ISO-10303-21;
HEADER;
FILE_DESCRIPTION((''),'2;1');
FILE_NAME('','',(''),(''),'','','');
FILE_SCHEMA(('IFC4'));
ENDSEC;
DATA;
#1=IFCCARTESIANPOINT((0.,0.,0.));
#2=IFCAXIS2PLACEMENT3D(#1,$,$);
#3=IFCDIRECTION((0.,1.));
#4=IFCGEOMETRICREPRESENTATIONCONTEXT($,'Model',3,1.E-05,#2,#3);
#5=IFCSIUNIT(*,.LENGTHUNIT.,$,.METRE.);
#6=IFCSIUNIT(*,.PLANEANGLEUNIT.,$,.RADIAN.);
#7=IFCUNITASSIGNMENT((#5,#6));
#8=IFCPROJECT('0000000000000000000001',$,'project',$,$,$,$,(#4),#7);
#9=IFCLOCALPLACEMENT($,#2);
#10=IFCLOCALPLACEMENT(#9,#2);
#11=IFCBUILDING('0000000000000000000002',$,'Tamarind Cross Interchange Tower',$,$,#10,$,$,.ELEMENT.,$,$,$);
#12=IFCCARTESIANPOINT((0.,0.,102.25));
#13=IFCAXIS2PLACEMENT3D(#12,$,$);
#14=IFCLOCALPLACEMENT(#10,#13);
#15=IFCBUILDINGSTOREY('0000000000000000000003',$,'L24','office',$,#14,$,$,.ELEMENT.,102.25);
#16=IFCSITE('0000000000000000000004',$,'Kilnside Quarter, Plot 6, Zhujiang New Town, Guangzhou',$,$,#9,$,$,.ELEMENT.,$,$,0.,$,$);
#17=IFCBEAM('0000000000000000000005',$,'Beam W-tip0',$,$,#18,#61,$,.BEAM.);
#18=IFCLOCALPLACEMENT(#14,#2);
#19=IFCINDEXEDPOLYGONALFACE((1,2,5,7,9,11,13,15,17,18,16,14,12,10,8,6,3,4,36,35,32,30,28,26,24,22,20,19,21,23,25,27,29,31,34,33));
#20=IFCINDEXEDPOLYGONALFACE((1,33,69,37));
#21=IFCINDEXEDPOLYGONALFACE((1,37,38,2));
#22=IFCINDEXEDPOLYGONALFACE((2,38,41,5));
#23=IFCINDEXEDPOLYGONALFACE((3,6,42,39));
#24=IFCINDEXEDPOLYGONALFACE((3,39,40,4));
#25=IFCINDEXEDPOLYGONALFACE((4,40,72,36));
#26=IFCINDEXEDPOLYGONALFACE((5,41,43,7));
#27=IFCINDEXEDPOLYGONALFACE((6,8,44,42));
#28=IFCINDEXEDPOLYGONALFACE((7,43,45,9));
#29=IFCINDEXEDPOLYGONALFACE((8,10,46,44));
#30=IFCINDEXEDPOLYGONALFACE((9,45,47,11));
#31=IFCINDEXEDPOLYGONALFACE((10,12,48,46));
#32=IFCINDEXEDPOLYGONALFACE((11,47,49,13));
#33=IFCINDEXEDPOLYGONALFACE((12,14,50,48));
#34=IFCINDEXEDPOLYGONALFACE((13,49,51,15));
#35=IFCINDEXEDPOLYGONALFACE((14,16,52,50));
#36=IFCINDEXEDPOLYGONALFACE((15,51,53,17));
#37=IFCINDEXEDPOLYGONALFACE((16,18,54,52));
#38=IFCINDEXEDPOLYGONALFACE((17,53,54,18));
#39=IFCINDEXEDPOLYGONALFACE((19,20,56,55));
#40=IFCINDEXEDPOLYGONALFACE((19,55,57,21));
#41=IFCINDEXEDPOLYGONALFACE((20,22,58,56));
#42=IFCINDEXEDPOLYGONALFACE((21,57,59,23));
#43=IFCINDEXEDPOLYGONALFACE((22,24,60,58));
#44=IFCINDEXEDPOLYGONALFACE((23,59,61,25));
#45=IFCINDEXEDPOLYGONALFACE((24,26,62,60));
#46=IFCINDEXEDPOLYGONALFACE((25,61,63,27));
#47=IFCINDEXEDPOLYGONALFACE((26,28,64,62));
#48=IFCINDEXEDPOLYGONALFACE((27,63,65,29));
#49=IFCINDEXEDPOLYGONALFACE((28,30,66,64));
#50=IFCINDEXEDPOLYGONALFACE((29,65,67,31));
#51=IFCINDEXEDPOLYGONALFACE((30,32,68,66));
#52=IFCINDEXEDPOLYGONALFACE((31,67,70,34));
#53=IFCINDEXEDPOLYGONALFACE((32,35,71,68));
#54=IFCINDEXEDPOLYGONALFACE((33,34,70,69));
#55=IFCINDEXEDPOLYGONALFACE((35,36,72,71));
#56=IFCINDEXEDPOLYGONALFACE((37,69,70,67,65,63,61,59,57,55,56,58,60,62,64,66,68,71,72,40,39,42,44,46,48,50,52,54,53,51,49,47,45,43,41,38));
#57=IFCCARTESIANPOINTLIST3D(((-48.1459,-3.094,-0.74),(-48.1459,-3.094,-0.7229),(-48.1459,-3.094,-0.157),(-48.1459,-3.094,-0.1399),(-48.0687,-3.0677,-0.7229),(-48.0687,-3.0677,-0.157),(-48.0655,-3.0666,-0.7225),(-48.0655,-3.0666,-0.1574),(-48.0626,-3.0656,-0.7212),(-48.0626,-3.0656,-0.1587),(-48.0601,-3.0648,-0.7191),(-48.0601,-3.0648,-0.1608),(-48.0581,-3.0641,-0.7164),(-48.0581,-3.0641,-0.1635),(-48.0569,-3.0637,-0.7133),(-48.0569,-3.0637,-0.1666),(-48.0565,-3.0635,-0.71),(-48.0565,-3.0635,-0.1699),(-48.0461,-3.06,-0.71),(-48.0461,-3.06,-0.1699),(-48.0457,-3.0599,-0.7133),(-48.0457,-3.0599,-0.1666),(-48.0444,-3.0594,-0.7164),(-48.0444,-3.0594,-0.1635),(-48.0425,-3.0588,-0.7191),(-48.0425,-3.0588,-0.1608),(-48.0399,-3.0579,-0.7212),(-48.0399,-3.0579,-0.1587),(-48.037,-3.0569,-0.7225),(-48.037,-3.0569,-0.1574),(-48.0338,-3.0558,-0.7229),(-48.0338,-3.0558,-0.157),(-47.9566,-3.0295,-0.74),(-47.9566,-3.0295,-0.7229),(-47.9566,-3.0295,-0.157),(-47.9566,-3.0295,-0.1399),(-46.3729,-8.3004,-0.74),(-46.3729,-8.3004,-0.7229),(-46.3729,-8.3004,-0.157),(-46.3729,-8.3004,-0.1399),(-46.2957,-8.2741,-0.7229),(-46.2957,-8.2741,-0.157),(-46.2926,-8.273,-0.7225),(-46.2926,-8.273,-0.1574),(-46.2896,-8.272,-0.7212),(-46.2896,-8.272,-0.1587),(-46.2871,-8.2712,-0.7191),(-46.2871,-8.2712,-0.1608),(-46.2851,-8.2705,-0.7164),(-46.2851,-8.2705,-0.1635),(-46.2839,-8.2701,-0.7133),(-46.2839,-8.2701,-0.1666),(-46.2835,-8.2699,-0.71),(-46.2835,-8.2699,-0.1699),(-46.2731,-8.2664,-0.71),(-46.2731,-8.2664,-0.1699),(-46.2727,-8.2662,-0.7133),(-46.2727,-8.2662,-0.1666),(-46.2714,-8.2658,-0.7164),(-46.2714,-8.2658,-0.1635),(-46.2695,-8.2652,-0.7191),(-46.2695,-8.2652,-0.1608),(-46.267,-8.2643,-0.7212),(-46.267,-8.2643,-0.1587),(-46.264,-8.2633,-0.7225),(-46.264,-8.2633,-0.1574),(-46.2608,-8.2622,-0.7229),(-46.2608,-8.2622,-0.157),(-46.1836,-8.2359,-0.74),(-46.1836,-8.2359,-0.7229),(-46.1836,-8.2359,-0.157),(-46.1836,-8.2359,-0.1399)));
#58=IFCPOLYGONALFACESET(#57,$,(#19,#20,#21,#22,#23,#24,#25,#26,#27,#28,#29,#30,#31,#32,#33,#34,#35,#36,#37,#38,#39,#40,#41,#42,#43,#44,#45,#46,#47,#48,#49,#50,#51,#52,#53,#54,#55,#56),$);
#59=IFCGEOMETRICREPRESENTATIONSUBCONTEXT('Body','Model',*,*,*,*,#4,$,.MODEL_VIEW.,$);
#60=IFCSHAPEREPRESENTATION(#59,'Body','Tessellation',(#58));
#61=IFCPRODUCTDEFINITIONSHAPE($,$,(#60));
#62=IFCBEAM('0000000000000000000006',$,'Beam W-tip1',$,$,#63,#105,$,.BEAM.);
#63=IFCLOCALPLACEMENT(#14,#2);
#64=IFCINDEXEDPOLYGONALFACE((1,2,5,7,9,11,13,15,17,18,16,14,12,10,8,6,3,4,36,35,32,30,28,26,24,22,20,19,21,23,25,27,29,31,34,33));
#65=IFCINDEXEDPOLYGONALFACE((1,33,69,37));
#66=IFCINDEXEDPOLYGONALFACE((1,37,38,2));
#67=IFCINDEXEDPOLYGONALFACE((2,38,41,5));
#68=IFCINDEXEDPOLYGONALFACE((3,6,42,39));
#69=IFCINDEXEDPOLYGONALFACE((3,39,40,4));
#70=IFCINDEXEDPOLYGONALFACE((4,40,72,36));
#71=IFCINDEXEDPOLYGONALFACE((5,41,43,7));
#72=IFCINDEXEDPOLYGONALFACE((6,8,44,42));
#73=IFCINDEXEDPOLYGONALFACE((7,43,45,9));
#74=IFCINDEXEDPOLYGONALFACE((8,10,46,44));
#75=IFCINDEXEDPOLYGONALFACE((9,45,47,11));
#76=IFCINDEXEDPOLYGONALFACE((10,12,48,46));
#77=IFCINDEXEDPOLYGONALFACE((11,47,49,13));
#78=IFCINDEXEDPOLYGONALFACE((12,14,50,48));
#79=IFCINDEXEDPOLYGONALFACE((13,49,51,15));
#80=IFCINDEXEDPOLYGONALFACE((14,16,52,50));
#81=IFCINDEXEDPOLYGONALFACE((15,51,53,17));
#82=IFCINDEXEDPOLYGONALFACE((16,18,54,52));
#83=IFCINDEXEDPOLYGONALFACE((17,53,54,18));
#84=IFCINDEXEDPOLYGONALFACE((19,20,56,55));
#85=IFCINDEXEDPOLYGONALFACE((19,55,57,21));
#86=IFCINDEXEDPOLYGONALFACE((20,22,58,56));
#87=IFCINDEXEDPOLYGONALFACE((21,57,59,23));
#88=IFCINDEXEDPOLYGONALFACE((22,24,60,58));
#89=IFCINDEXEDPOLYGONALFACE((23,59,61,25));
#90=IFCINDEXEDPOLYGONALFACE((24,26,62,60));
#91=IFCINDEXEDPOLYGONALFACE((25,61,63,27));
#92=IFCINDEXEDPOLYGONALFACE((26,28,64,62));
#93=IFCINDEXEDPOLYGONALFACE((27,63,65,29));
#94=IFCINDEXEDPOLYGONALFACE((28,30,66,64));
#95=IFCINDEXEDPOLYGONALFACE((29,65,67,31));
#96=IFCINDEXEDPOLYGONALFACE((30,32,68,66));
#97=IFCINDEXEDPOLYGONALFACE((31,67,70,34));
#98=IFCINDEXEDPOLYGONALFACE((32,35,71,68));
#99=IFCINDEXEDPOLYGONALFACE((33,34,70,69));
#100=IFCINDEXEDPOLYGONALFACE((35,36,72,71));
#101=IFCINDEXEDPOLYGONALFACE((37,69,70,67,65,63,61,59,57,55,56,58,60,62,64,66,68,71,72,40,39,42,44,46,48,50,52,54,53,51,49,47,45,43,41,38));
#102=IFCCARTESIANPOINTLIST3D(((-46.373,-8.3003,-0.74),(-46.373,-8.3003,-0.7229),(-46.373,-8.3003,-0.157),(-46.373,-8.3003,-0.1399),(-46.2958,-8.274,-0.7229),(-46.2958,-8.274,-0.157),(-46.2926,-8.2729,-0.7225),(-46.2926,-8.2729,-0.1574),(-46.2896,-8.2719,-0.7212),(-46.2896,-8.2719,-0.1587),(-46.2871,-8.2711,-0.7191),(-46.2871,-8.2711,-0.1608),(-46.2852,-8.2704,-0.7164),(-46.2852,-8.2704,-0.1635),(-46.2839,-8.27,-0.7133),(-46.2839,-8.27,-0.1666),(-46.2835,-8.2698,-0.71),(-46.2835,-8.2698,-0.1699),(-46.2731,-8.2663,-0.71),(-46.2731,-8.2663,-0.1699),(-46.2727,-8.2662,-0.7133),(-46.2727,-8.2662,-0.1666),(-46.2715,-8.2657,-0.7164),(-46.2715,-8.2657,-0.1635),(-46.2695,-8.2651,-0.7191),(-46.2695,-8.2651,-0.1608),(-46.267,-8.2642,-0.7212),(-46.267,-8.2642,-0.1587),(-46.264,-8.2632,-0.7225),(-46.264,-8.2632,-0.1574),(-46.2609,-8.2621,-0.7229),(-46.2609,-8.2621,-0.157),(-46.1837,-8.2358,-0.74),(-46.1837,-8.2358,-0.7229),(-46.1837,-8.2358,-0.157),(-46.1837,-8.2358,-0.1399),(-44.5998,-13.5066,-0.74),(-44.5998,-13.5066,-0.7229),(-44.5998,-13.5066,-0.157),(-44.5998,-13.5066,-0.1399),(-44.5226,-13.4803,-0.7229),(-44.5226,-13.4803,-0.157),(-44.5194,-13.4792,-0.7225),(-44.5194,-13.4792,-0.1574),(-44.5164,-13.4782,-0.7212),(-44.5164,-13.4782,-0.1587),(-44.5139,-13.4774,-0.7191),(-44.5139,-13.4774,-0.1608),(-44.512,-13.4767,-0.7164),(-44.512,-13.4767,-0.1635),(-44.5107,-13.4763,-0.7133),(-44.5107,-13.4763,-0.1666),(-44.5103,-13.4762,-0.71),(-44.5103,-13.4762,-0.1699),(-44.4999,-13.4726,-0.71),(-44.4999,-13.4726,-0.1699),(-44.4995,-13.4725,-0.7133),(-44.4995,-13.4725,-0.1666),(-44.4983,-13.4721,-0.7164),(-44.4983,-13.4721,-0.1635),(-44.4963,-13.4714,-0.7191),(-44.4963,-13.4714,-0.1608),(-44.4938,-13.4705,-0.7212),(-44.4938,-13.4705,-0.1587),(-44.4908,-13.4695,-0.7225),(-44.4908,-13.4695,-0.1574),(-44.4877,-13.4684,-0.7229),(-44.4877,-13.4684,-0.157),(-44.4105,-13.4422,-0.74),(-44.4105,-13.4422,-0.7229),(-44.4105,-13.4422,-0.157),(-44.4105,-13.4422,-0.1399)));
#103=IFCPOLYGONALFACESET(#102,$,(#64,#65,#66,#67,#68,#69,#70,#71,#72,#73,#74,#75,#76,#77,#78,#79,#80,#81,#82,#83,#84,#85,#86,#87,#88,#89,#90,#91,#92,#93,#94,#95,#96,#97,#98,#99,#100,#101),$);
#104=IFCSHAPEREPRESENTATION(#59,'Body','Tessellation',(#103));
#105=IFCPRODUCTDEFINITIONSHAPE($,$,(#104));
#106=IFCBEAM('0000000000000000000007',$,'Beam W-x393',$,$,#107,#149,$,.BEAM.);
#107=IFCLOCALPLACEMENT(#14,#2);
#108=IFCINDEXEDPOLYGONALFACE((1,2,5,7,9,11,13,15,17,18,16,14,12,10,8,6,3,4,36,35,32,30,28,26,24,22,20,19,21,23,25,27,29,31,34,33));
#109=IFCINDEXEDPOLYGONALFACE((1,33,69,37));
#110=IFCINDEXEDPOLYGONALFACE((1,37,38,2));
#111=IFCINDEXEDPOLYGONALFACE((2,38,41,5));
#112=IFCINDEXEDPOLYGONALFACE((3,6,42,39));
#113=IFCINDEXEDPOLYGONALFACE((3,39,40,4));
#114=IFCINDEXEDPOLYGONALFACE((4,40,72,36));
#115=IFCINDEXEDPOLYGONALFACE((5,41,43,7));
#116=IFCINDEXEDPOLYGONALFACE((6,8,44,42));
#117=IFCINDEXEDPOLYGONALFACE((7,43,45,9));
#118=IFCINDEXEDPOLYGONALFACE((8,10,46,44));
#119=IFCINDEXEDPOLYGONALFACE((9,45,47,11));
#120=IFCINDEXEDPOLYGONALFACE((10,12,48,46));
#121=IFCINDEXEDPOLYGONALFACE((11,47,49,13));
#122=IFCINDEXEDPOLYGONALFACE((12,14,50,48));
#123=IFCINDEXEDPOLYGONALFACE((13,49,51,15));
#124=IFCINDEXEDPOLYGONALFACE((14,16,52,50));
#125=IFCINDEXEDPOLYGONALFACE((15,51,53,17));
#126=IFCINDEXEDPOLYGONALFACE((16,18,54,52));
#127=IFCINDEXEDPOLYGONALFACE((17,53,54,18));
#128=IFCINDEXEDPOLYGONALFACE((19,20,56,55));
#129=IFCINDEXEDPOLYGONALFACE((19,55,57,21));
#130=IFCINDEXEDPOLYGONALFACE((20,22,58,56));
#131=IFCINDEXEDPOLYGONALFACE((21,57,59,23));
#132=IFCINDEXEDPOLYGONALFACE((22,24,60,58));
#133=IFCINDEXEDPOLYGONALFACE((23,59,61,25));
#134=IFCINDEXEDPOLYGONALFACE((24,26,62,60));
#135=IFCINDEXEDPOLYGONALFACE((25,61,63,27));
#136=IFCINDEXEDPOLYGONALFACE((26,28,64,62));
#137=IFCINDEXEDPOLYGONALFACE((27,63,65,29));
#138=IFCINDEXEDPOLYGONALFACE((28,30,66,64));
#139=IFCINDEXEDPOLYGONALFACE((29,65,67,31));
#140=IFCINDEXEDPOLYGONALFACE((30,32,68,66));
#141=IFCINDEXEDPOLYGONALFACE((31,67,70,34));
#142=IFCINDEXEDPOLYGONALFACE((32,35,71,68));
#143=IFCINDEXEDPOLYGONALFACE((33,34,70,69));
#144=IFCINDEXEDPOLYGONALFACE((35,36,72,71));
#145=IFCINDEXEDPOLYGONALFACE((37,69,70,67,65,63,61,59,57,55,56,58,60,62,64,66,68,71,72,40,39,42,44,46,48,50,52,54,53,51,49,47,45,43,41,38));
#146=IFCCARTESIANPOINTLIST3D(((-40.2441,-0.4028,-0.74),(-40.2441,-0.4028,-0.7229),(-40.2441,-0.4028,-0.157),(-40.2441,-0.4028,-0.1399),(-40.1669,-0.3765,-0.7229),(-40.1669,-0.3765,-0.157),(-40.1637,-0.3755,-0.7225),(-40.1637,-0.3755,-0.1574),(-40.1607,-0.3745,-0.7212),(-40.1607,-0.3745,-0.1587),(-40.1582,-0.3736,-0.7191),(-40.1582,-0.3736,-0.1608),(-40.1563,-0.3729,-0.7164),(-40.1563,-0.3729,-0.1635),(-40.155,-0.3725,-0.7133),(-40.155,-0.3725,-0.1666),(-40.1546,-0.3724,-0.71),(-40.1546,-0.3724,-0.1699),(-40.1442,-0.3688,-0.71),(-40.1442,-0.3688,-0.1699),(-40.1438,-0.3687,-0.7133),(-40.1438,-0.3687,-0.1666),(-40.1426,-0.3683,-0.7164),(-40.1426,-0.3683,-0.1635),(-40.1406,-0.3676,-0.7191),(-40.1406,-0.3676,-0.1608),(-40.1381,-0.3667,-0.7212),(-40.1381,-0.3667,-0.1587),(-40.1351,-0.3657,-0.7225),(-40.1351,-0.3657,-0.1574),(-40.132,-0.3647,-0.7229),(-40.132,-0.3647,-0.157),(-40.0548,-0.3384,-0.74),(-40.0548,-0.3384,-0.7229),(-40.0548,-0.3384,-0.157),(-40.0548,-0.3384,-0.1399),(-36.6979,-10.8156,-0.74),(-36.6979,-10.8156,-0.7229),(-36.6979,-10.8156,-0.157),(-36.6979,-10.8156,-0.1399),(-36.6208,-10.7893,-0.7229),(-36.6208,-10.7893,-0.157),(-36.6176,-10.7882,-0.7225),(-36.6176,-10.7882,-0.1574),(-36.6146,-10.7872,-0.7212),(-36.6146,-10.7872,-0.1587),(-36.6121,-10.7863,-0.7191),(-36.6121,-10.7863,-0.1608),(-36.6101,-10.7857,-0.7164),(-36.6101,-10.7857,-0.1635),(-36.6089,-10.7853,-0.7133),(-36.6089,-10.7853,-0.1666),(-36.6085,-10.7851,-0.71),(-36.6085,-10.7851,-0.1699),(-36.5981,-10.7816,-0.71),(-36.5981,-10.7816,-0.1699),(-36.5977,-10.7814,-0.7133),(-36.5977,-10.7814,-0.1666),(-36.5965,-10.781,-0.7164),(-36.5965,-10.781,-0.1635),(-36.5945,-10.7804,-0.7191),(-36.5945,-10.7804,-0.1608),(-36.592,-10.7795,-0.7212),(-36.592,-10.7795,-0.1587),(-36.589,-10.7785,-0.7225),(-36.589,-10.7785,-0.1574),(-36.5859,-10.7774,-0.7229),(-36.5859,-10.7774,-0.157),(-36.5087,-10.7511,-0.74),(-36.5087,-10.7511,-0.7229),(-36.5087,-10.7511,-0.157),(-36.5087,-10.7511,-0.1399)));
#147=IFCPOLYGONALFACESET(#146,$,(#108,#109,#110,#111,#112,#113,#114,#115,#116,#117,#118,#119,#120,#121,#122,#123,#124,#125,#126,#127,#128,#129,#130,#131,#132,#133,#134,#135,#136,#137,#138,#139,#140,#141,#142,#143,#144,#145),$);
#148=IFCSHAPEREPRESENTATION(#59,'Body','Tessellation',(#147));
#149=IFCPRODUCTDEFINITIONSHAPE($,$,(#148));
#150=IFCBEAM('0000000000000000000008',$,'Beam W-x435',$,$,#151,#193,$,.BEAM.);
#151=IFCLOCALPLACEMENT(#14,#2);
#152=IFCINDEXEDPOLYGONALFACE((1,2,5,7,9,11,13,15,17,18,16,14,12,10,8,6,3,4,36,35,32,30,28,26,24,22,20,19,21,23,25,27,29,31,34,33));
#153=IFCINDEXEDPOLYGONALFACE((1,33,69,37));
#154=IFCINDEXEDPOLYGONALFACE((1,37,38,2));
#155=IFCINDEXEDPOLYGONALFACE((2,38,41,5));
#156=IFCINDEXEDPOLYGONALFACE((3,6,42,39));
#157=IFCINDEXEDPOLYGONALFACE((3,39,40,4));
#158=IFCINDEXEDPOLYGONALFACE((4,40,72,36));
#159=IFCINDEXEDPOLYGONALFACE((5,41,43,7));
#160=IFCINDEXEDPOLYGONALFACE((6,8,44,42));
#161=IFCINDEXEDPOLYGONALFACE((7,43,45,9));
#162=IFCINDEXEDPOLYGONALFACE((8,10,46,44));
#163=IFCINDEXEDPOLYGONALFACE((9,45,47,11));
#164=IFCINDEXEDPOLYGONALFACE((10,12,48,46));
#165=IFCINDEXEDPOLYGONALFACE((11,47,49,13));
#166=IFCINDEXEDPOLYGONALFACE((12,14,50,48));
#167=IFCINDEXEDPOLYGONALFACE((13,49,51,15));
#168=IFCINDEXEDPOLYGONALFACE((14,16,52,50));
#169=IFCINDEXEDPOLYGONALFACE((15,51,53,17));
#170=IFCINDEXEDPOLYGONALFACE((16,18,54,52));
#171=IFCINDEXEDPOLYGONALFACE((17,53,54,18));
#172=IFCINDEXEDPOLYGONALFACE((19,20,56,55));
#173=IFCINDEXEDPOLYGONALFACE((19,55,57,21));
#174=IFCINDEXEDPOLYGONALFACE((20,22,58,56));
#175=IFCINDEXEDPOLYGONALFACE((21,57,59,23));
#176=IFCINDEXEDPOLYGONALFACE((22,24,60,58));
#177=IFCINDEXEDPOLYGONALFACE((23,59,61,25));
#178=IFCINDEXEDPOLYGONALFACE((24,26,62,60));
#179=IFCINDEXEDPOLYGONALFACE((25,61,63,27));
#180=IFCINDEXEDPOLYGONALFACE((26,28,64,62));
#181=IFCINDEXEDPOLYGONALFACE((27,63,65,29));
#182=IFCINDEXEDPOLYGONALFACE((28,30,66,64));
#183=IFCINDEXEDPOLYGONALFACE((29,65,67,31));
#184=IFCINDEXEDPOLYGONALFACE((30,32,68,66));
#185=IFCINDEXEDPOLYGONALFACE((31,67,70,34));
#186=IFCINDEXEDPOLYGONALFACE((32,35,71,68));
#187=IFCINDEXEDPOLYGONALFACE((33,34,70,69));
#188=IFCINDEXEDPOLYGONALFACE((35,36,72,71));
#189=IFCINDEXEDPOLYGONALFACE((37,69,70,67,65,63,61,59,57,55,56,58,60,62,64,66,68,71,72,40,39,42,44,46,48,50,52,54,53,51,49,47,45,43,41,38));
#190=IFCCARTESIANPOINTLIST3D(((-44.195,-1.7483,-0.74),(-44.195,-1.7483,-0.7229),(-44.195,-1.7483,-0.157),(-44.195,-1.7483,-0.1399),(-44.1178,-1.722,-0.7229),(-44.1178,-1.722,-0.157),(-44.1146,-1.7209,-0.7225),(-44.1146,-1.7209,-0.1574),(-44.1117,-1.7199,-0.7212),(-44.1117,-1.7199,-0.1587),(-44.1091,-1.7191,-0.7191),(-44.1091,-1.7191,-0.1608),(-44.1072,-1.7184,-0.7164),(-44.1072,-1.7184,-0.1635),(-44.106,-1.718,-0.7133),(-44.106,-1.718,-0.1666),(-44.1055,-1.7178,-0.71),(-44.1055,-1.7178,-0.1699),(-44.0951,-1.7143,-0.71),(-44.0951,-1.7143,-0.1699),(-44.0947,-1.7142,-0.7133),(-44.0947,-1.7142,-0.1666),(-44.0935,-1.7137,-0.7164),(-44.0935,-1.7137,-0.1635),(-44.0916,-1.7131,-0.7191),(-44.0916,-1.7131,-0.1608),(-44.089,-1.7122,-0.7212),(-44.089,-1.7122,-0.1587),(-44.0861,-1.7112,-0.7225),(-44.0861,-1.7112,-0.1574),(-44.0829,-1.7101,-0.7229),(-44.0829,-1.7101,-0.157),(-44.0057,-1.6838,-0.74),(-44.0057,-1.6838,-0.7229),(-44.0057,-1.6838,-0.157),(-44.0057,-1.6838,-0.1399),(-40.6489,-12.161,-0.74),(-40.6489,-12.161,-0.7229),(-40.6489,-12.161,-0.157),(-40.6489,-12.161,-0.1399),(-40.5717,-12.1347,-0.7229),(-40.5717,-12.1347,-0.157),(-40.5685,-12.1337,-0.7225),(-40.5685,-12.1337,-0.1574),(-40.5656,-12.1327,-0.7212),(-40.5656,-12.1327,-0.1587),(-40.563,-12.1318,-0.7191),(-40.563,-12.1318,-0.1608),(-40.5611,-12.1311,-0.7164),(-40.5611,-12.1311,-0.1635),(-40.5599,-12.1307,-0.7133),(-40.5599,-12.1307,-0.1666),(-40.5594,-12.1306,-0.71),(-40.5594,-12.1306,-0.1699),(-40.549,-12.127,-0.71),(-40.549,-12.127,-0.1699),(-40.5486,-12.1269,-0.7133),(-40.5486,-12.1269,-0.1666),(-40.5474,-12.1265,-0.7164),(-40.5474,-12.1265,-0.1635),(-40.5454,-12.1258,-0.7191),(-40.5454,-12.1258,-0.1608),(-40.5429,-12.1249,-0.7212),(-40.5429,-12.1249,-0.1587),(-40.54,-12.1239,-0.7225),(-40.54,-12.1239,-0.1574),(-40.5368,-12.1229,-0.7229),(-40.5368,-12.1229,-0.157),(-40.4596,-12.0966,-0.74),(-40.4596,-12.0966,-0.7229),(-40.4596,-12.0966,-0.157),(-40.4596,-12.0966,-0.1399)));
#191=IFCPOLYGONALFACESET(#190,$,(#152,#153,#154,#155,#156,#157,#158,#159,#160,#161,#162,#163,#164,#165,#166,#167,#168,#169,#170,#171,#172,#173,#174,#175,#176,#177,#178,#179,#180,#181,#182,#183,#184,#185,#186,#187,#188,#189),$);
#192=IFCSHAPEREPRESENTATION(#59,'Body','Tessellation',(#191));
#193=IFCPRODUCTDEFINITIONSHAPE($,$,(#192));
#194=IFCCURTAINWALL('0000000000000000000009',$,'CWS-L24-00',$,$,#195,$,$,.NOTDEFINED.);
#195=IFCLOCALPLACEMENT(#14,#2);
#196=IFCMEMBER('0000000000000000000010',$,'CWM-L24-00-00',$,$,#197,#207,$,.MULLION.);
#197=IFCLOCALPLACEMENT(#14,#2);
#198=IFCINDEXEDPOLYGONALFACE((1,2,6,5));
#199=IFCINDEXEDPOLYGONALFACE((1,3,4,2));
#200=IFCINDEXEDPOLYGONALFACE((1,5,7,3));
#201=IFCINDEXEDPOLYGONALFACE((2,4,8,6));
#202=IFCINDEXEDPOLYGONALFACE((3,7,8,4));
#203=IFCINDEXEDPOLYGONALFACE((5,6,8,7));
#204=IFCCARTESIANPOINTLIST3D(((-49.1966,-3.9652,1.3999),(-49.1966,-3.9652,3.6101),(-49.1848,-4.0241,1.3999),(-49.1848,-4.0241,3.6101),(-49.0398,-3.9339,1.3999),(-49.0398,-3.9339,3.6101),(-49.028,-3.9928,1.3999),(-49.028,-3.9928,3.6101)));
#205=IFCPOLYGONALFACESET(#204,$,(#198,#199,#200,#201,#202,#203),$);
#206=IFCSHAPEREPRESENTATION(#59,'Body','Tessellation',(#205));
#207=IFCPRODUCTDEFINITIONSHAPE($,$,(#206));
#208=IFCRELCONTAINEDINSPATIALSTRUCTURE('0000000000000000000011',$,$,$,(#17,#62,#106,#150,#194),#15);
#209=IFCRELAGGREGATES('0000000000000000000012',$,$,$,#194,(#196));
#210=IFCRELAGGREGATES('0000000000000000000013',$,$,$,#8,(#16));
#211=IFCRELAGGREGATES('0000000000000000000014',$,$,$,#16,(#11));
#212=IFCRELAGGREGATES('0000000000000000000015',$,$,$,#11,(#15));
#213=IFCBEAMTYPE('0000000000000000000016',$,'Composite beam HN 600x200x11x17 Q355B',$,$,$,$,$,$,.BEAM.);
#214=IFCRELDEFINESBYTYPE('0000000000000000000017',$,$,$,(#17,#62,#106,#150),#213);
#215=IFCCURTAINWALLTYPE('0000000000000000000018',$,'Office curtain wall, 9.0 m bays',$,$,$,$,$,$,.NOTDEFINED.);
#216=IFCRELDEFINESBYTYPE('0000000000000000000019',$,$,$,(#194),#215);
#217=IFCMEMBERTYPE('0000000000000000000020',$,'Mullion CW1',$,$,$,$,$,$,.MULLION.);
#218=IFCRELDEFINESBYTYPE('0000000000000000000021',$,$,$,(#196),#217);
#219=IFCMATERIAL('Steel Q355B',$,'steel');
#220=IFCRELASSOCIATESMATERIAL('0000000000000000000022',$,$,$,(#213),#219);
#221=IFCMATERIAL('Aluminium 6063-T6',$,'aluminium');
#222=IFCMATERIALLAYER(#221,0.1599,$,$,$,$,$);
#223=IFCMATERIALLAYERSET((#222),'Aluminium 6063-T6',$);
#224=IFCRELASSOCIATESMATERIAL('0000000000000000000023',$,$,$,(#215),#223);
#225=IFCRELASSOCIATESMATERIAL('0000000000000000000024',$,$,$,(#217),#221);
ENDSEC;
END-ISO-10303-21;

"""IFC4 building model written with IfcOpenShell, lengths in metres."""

from ifc_helpers import new_model, si_unit, direction, frame, origin, origin_2d, place, context, subcontext, project, spatial, rectangle, i_section, extrude, material, layer, layer_set, material_profile, profile_set, type_object, element, aggregate, save


model = new_model("IFC4")

# Units and contexts
model_context = context("Model", 3, precision=1e-05, world=origin(), true_north=direction((0.0, 1.0)))
body_context = subcontext(model_context, "Body", "Model", "MODEL_VIEW")
ifc_project = project(units=[si_unit("LENGTHUNIT", "METRE"), si_unit("PLANEANGLEUNIT", "RADIAN")], contexts=[model_context])

# Site, building, storey
site_placement = place(None, origin())
site = spatial("IfcSite", under=ifc_project, at=site_placement, Name="Kilnside Quarter, Plot 6, Zhujiang New Town, Guangzhou", CompositionType="ELEMENT", RefElevation=0.0)
building_placement = place(site_placement, origin())
building = spatial("IfcBuilding", under=site, at=building_placement, Name="Tamarind Cross Interchange Tower", CompositionType="ELEMENT")
storey_placement = place(building_placement, frame((0.0, 0.0, 102.25)))
storey = spatial("IfcBuildingStorey", under=building, at=storey_placement, Name="L24", Description="office", CompositionType="ELEMENT", Elevation=102.25)

# Beams
ifc_material_1 = material(Name="Steel Q355B", Category="steel")
ifc_material_profile_1 = material_profile(ifc_material_1, i_section(OverallWidth=0.2, OverallDepth=0.6001, WebThickness=0.011, FlangeThickness=0.0171, FilletRadius=0.0129, at=origin_2d()), Name="HN 600x200x11x17")
ifc_profile_set_1 = profile_set([ifc_material_profile_1], Name="Steel Q355B")
beam_type_1 = type_object("IfcBeamType", Name="Composite beam HN 600x200x11x17 Q355B", PredefinedType="BEAM", material=ifc_profile_set_1)
for number, where, z_axis, x_axis, name in (
    (1, (-48.0513, -3.0618, -0.4399), (0.32236, -0.946617, 0.0), (0.946617, 0.32236, 0.0), "Beam W-tip0"),
    (2, (-46.2783, -8.2681, -0.4399), (0.3224, -0.946604, 0.0), (0.946604, 0.3224, 0.0), "Beam W-tip1"),
):
    element("IfcBeam", number, at=place(storey_placement, frame(where, z_axis=z_axis, x_axis=x_axis)), inside=storey, type_object=beam_type_1, Name=name, PredefinedType="BEAM", context=body_context, shape_type="SweptSolid", body=[
        extrude(i_section(OverallWidth=0.2, OverallDepth=0.6001, WebThickness=0.011, FlangeThickness=0.0171, FilletRadius=0.0129, at=origin_2d()), origin(), (0.0, 0.0, 1.0), 5.5),
    ])
for number, where, z_axis, x_axis, name in (
    (3, (-40.1494, -0.3706, -0.4399), (0.322373, -0.946613, 0.0), (0.946613, 0.322373, 0.0), "Beam W-x393"),
    (4, (-44.1003, -1.7161, -0.4399), (0.322373, -0.946613, 0.0), (0.946613, 0.322373, 0.0), "Beam W-x435"),
):
    element("IfcBeam", number, at=place(storey_placement, frame(where, z_axis=z_axis, x_axis=x_axis)), inside=storey, type_object=beam_type_1, Name=name, PredefinedType="BEAM", context=body_context, shape_type="SweptSolid", body=[
        extrude(i_section(OverallWidth=0.2, OverallDepth=0.6001, WebThickness=0.011, FlangeThickness=0.0171, FilletRadius=0.0129, at=origin_2d()), origin(), (0.0, 0.0, 1.0), 11.0),
    ])

# Curtain wall, member
ifc_material_2 = material(Name="Aluminium 6063-T6", Category="aluminium")
ifc_layer_1 = layer(ifc_material_2, 0.1599)
ifc_layer_set_1 = layer_set([ifc_layer_1], Name="Aluminium 6063-T6")
curtain_wall_type = type_object("IfcCurtainWallType", Name="Office curtain wall, 9.0 m bays", PredefinedType="NOTDEFINED", material=ifc_layer_set_1)
curtain_wall_1_placement = place(storey_placement, origin())
curtain_wall_1 = element("IfcCurtainWall", 5, at=curtain_wall_1_placement, inside=storey, type_object=curtain_wall_type, Name="CWS-L24-00", PredefinedType="NOTDEFINED")
ifc_material_profile_2 = material_profile(ifc_material_2, rectangle(XDim=0.0601, YDim=0.1599, at=origin_2d()), Name="Mullion CW1")
ifc_profile_set_2 = profile_set([ifc_material_profile_2], Name="Aluminium 6063-T6")
member_type = type_object("IfcMemberType", Name="Mullion CW1", PredefinedType="MULLION", material=ifc_profile_set_2)
member_1_placement = place(storey_placement, frame((-49.1123, -3.979, 1.3999), z_axis=(0.0, 0.0, 1.0), x_axis=(0.196056, -0.980593, 0.0)))
member_1 = element("IfcMember", 6, at=member_1_placement, type_object=member_type, Name="CWM-L24-00-00", PredefinedType="MULLION", context=body_context, shape_type="SweptSolid", body=[
    extrude(rectangle(XDim=0.0601, YDim=0.1599, at=origin_2d()), origin(), (0.0, 0.0, 1.0), 2.2102),
])
aggregate(curtain_wall_1, [member_1])

save(model, "model.ifc")
